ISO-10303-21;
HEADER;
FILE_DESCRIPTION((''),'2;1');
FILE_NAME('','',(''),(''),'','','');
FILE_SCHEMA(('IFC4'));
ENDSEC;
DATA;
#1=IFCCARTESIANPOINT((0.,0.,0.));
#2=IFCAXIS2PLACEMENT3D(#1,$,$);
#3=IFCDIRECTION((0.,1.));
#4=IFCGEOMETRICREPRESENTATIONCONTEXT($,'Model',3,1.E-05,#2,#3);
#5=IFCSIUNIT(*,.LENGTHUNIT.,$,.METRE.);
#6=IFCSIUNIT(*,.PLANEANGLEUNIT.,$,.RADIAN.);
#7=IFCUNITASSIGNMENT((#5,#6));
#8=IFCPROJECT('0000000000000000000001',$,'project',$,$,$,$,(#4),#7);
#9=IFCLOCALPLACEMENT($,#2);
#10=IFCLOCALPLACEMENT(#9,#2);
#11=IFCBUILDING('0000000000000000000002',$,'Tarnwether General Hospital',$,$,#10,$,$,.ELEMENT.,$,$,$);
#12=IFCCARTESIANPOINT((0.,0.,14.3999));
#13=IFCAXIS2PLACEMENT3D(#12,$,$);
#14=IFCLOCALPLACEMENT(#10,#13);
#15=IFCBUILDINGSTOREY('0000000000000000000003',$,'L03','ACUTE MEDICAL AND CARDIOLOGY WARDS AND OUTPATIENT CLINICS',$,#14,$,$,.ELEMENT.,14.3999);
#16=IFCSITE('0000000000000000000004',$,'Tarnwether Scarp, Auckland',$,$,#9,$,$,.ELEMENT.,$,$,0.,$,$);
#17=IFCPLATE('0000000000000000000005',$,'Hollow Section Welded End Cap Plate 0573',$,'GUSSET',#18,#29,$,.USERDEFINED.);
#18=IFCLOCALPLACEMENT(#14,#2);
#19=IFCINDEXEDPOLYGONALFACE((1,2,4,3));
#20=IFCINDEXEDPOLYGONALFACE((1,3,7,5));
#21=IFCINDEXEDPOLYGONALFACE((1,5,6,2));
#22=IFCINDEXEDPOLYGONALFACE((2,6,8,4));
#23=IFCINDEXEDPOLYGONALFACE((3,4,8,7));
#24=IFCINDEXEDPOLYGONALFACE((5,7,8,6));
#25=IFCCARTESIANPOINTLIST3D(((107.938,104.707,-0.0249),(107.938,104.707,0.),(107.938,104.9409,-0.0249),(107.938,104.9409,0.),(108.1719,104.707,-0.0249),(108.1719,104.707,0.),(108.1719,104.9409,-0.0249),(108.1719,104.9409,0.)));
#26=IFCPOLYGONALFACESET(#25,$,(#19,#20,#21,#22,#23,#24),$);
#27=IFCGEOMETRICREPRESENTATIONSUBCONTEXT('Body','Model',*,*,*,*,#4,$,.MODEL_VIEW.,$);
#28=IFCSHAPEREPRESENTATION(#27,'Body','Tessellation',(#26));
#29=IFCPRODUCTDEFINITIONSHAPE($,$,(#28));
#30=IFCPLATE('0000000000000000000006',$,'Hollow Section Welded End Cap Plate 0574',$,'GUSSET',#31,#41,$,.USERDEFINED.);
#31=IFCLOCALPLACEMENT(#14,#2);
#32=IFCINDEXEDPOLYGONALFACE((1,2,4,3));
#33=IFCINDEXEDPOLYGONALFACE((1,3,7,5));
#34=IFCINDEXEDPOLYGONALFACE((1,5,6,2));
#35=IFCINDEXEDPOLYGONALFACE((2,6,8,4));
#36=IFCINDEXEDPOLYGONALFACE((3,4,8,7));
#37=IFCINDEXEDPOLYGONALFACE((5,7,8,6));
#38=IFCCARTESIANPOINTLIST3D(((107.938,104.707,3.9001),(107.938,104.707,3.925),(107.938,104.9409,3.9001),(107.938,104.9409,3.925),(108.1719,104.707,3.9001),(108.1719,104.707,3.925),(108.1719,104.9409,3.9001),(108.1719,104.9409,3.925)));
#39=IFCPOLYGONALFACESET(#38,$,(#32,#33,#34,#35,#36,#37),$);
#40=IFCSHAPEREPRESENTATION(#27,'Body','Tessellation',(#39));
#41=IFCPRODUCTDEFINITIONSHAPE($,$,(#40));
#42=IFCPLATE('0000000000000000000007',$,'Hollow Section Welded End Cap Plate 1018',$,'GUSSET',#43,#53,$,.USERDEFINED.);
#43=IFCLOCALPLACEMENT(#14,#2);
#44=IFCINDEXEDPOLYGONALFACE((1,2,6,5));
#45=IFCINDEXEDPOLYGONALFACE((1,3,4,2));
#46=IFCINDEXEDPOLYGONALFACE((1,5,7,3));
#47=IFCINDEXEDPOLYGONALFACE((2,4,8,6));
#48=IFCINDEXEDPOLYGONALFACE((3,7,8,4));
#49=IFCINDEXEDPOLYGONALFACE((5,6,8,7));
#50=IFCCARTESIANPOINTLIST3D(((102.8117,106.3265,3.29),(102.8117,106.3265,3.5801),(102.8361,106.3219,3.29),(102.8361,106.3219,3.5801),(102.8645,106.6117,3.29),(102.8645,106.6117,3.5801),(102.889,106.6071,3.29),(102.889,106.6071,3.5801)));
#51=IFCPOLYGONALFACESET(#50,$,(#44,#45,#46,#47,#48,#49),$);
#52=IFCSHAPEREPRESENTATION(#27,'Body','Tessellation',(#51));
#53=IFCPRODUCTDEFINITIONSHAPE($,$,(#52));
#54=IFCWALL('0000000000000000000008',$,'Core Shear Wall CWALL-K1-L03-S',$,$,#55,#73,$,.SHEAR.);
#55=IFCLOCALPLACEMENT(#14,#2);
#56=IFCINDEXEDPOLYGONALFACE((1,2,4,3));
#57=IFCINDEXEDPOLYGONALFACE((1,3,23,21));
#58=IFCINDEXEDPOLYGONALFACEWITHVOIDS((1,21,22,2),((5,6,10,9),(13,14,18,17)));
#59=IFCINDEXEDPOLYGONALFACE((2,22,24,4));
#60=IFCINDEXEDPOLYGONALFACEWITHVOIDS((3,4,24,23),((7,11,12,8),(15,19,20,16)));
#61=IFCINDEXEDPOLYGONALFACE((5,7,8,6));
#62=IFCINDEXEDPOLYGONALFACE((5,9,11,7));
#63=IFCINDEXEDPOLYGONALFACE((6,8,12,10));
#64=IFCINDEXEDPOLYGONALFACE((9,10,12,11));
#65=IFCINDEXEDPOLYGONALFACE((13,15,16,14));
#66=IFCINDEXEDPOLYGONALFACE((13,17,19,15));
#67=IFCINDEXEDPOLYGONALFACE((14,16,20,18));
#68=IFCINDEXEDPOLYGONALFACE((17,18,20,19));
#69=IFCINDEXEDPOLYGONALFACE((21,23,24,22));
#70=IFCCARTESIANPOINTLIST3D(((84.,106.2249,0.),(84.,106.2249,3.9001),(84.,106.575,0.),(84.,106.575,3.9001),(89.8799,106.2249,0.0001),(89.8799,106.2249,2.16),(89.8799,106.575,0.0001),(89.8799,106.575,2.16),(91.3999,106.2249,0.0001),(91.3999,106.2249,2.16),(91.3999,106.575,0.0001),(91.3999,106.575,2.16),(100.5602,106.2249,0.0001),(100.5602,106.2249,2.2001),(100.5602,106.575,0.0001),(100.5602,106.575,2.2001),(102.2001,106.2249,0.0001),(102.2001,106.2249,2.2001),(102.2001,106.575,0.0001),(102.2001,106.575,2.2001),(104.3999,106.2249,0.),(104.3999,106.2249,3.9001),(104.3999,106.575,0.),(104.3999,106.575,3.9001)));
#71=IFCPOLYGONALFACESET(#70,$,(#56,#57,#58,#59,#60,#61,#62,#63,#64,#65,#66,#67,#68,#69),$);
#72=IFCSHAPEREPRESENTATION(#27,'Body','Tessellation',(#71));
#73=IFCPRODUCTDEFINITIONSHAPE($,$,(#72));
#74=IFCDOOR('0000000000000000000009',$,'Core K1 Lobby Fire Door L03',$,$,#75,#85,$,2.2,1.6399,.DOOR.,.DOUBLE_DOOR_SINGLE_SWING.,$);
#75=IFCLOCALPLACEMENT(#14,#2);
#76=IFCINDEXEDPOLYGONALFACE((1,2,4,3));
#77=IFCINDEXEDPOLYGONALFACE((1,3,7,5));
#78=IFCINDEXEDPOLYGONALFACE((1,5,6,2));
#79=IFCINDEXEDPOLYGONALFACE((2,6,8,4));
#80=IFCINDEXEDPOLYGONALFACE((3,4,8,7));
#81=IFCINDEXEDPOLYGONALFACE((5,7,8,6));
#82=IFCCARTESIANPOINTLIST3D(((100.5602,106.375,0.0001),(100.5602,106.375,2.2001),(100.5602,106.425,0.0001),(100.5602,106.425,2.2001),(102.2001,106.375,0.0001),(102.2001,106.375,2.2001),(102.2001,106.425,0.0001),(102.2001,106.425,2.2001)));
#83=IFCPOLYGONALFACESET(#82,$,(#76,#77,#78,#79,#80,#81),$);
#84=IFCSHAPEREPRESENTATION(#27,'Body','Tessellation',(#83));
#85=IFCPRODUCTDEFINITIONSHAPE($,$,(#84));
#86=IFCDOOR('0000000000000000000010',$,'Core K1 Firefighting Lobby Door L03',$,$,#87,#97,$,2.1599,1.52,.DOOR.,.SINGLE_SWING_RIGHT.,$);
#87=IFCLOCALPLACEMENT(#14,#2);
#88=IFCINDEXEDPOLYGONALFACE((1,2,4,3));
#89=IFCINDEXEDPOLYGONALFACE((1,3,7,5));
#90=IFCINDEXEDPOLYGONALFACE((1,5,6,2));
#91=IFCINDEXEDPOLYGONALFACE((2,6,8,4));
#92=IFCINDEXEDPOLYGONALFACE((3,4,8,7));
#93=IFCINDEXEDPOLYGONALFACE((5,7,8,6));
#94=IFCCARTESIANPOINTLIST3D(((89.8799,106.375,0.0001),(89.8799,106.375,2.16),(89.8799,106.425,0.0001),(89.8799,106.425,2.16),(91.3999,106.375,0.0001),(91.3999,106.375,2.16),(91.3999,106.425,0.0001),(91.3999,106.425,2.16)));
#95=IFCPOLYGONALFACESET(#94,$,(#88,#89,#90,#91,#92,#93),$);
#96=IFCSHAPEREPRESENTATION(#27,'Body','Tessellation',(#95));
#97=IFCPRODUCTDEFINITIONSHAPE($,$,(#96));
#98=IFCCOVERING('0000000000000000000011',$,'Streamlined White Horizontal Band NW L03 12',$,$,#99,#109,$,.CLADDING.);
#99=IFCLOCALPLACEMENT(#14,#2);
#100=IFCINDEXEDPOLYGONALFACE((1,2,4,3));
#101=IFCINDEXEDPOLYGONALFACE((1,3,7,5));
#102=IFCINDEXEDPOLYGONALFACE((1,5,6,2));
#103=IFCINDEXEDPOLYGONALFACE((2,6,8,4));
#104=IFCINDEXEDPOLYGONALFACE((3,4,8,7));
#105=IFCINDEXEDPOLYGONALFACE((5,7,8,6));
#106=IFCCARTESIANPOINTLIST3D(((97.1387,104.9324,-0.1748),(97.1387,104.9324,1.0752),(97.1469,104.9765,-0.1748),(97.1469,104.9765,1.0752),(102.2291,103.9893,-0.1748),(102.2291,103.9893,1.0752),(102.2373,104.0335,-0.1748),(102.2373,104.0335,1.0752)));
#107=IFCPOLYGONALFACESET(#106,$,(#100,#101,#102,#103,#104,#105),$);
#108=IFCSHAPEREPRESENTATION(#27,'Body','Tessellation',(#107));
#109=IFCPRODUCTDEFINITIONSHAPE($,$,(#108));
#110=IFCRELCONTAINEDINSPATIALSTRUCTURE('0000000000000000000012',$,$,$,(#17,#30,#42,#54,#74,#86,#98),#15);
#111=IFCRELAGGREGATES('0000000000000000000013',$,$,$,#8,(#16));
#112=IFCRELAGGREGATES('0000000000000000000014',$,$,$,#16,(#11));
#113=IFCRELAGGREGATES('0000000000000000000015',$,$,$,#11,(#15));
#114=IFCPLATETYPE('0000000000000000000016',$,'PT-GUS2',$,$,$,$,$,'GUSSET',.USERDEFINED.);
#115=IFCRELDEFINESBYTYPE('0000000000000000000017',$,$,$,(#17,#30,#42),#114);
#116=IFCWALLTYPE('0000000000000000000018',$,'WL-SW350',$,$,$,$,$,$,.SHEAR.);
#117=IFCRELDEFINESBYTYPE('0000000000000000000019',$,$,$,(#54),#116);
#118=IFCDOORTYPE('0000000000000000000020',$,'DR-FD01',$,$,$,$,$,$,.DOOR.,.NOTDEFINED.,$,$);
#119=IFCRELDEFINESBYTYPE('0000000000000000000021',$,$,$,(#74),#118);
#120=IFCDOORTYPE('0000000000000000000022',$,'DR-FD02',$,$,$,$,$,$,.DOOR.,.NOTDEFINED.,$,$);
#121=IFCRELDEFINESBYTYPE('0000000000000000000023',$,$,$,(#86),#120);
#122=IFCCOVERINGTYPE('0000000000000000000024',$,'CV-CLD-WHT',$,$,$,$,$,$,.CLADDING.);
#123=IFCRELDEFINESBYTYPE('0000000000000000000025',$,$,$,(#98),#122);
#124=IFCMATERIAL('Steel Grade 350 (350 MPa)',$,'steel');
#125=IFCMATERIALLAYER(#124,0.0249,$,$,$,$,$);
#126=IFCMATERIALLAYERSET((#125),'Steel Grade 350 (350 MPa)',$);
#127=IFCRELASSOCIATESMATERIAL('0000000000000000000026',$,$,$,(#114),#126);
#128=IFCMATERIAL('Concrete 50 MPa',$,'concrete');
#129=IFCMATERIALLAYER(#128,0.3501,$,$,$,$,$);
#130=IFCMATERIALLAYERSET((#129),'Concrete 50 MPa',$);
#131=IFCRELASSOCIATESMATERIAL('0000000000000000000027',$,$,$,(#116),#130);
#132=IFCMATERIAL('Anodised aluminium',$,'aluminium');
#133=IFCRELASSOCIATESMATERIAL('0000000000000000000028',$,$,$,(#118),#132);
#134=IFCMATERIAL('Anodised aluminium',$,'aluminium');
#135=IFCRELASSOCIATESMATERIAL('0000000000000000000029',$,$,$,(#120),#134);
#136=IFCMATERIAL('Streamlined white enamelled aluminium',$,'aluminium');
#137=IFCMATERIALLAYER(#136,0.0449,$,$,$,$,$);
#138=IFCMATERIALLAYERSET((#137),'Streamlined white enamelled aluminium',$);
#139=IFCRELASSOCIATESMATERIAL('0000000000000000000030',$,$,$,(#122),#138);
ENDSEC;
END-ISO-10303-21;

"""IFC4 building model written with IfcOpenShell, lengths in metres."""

from ifc_helpers import new_model, si_unit, direction, frame, frame_2d, origin, origin_2d, place, context, subcontext, project, spatial, rectangle, extrude, material, layer, layer_set, type_object, element, fill, save


model = new_model("IFC4")

# Units and contexts
model_context = context("Model", 3, precision=1e-05, world=origin(), true_north=direction((0.0, 1.0)))
body_context = subcontext(model_context, "Body", "Model", "MODEL_VIEW")
ifc_project = project(units=[si_unit("LENGTHUNIT", "METRE"), si_unit("PLANEANGLEUNIT", "RADIAN")], contexts=[model_context])

# Site, building, storey
site_placement = place(None, origin())
site = spatial("IfcSite", under=ifc_project, at=site_placement, Name="Tarnwether Scarp, Auckland", CompositionType="ELEMENT", RefElevation=0.0)
building_placement = place(site_placement, origin())
building = spatial("IfcBuilding", under=site, at=building_placement, Name="Tarnwether General Hospital", CompositionType="ELEMENT")
storey_placement = place(building_placement, frame((0.0, 0.0, 14.3999)))
storey = spatial("IfcBuildingStorey", under=building, at=storey_placement, Name="L03", Description="ACUTE MEDICAL AND CARDIOLOGY WARDS AND OUTPATIENT CLINICS", CompositionType="ELEMENT", Elevation=14.3999)

# Plates
ifc_material_1 = material(Name="Steel Grade 350 (350 MPa)", Category="steel")
ifc_layer_1 = layer(ifc_material_1, 0.0249)
ifc_layer_set_1 = layer_set([ifc_layer_1], Name="Steel Grade 350 (350 MPa)")
plate_type_1 = type_object("IfcPlateType", Name="PT-GUS2", ElementType="GUSSET", PredefinedType="USERDEFINED", material=ifc_layer_set_1)
for number, where, z_axis, x_axis, name in (
    (1, (108.0549, 104.824, -0.0249), (0.0, 0.0, 1.0), (1.0, 0.0, 0.0), "Hollow Section Welded End Cap Plate 0573"),
    (2, (108.0549, 104.824, 3.9001), (0.0, 0.0, 1.0), (1.0, 0.0, 0.0), "Hollow Section Welded End Cap Plate 0574"),
):
    element("IfcPlate", number, at=place(storey_placement, frame(where, z_axis=z_axis, x_axis=x_axis)), inside=storey, type_object=plate_type_1, Name=name, ObjectType="GUSSET", PredefinedType="USERDEFINED", context=body_context, shape_type="SweptSolid", body=[
        extrude(rectangle(XDim=0.2339, YDim=0.2339, at=origin_2d()), origin(), (0.0, 0.0, 1.0), 0.0249),
    ])
plate_1_placement = place(storey_placement, frame((102.8503, 106.4668, 3.29), z_axis=(0.0, 0.0, 1.0), x_axis=(0.983245, -0.182287, 0.0)))
element("IfcPlate", 3, at=plate_1_placement, inside=storey, type_object=plate_type_1, Name="Hollow Section Welded End Cap Plate 1018", ObjectType="GUSSET", PredefinedType="USERDEFINED", context=body_context, shape_type="SweptSolid", body=[
    extrude(rectangle(XDim=0.0249, YDim=0.29, at=origin_2d()), origin(), (0.0, 0.0, 1.0), 0.29),
])

# Wall, openings, doors
ifc_material_2 = material(Name="Concrete 50 MPa", Category="concrete")
ifc_layer_2 = layer(ifc_material_2, 0.3501)
ifc_layer_set_2 = layer_set([ifc_layer_2], Name="Concrete 50 MPa")
wall_type = type_object("IfcWallType", Name="WL-SW350", PredefinedType="SHEAR", material=ifc_layer_set_2)
wall_placement = place(storey_placement, frame((104.3999, 106.3999, 0.0), z_axis=(0.0, 0.0, 1.0), x_axis=(-1.0, 0.0, 0.0)))
wall = element("IfcWall", 4, at=wall_placement, inside=storey, type_object=wall_type, Name="Core Shear Wall CWALL-K1-L03-S", PredefinedType="SHEAR", context=body_context, shape_type="SweptSolid", body=[
    extrude(rectangle(XDim=20.3999, YDim=0.3501, at=frame_2d((10.2, 0.0))), origin(), (0.0, 0.0, 1.0), 3.9001),
])
opening_1_placement = place(wall_placement, frame((2.2, 0.0, 0.0)))
opening_1 = element("IfcOpeningElement", 5, at=opening_1_placement, cuts=wall, PredefinedType="OPENING", context=body_context, shape_type="SweptSolid", body=[
    extrude(rectangle(XDim=1.6399, YDim=2.2, at=frame_2d((0.8198, 1.1001))), frame((0.0, 0.1851, 0.0), z_axis=(0.0, -1.0, 0.0), x_axis=(1.0, 0.0, 0.0)), (0.0, 0.0, 1.0), 0.3701),
])
opening_2_placement = place(wall_placement, frame((13.0, 0.0, 0.0)))
opening_2 = element("IfcOpeningElement", 6, at=opening_2_placement, cuts=wall, PredefinedType="OPENING", context=body_context, shape_type="SweptSolid", body=[
    extrude(rectangle(XDim=1.52, YDim=2.1599, at=frame_2d((0.76, 1.0801))), frame((0.0, 0.1851, 0.0), z_axis=(0.0, -1.0, 0.0), x_axis=(1.0, 0.0, 0.0)), (0.0, 0.0, 1.0), 0.3701),
])
ifc_material_3 = material(Name="Anodised aluminium", Category="aluminium")
door_type_1 = type_object("IfcDoorType", Name="DR-FD01", OperationType="NOTDEFINED", PredefinedType="DOOR", material=ifc_material_3)
door_1_placement = place(opening_1_placement, origin())
door_1 = element("IfcDoor", 7, at=door_1_placement, inside=storey, type_object=door_type_1, Name="Core K1 Lobby Fire Door L03", OperationType="DOUBLE_DOOR_SINGLE_SWING", OverallHeight=2.2, OverallWidth=1.6399, PredefinedType="DOOR", context=body_context, shape_type="SweptSolid", body=[
    extrude(rectangle(XDim=1.6399, YDim=2.2, at=frame_2d((0.8198, 1.1001))), frame((0.0, 0.0249, 0.0), z_axis=(0.0, -1.0, 0.0), x_axis=(1.0, 0.0, 0.0)), (0.0, 0.0, 1.0), 0.05),
])
fill(opening_1, door_1)
ifc_material_4 = material(Name="Anodised aluminium", Category="aluminium")
door_type_2 = type_object("IfcDoorType", Name="DR-FD02", OperationType="NOTDEFINED", PredefinedType="DOOR", material=ifc_material_4)
door_2_placement = place(opening_2_placement, origin())
door_2 = element("IfcDoor", 8, at=door_2_placement, inside=storey, type_object=door_type_2, Name="Core K1 Firefighting Lobby Door L03", OperationType="SINGLE_SWING_RIGHT", OverallHeight=2.1599, OverallWidth=1.52, PredefinedType="DOOR", context=body_context, shape_type="SweptSolid", body=[
    extrude(rectangle(XDim=1.52, YDim=2.1599, at=frame_2d((0.76, 1.0801))), frame((0.0, 0.0249, 0.0), z_axis=(0.0, -1.0, 0.0), x_axis=(1.0, 0.0, 0.0)), (0.0, 0.0, 1.0), 0.05),
])
fill(opening_2, door_2)

# Covering
ifc_material_5 = material(Name="Streamlined white enamelled aluminium", Category="aluminium")
ifc_layer_3 = layer(ifc_material_5, 0.0449)
ifc_layer_set_3 = layer_set([ifc_layer_3], Name="Streamlined white enamelled aluminium")
covering_type = type_object("IfcCoveringType", Name="CV-CLD-WHT", PredefinedType="CLADDING", material=ifc_layer_set_3)
covering_placement = place(storey_placement, frame((99.688, 104.4829, -0.1748), z_axis=(0.0, 0.0, 1.0), x_axis=(-0.983268, 0.182167, 0.0)))
element("IfcCovering", 9, at=covering_placement, inside=storey, type_object=covering_type, Name="Streamlined White Horizontal Band NW L03 12", PredefinedType="CLADDING", context=body_context, shape_type="SweptSolid", body=[
    extrude(rectangle(XDim=5.177, YDim=0.0449, at=origin_2d()), origin(), (0.0, 0.0, 1.0), 1.25),
])

save(model, "model.ifc")
